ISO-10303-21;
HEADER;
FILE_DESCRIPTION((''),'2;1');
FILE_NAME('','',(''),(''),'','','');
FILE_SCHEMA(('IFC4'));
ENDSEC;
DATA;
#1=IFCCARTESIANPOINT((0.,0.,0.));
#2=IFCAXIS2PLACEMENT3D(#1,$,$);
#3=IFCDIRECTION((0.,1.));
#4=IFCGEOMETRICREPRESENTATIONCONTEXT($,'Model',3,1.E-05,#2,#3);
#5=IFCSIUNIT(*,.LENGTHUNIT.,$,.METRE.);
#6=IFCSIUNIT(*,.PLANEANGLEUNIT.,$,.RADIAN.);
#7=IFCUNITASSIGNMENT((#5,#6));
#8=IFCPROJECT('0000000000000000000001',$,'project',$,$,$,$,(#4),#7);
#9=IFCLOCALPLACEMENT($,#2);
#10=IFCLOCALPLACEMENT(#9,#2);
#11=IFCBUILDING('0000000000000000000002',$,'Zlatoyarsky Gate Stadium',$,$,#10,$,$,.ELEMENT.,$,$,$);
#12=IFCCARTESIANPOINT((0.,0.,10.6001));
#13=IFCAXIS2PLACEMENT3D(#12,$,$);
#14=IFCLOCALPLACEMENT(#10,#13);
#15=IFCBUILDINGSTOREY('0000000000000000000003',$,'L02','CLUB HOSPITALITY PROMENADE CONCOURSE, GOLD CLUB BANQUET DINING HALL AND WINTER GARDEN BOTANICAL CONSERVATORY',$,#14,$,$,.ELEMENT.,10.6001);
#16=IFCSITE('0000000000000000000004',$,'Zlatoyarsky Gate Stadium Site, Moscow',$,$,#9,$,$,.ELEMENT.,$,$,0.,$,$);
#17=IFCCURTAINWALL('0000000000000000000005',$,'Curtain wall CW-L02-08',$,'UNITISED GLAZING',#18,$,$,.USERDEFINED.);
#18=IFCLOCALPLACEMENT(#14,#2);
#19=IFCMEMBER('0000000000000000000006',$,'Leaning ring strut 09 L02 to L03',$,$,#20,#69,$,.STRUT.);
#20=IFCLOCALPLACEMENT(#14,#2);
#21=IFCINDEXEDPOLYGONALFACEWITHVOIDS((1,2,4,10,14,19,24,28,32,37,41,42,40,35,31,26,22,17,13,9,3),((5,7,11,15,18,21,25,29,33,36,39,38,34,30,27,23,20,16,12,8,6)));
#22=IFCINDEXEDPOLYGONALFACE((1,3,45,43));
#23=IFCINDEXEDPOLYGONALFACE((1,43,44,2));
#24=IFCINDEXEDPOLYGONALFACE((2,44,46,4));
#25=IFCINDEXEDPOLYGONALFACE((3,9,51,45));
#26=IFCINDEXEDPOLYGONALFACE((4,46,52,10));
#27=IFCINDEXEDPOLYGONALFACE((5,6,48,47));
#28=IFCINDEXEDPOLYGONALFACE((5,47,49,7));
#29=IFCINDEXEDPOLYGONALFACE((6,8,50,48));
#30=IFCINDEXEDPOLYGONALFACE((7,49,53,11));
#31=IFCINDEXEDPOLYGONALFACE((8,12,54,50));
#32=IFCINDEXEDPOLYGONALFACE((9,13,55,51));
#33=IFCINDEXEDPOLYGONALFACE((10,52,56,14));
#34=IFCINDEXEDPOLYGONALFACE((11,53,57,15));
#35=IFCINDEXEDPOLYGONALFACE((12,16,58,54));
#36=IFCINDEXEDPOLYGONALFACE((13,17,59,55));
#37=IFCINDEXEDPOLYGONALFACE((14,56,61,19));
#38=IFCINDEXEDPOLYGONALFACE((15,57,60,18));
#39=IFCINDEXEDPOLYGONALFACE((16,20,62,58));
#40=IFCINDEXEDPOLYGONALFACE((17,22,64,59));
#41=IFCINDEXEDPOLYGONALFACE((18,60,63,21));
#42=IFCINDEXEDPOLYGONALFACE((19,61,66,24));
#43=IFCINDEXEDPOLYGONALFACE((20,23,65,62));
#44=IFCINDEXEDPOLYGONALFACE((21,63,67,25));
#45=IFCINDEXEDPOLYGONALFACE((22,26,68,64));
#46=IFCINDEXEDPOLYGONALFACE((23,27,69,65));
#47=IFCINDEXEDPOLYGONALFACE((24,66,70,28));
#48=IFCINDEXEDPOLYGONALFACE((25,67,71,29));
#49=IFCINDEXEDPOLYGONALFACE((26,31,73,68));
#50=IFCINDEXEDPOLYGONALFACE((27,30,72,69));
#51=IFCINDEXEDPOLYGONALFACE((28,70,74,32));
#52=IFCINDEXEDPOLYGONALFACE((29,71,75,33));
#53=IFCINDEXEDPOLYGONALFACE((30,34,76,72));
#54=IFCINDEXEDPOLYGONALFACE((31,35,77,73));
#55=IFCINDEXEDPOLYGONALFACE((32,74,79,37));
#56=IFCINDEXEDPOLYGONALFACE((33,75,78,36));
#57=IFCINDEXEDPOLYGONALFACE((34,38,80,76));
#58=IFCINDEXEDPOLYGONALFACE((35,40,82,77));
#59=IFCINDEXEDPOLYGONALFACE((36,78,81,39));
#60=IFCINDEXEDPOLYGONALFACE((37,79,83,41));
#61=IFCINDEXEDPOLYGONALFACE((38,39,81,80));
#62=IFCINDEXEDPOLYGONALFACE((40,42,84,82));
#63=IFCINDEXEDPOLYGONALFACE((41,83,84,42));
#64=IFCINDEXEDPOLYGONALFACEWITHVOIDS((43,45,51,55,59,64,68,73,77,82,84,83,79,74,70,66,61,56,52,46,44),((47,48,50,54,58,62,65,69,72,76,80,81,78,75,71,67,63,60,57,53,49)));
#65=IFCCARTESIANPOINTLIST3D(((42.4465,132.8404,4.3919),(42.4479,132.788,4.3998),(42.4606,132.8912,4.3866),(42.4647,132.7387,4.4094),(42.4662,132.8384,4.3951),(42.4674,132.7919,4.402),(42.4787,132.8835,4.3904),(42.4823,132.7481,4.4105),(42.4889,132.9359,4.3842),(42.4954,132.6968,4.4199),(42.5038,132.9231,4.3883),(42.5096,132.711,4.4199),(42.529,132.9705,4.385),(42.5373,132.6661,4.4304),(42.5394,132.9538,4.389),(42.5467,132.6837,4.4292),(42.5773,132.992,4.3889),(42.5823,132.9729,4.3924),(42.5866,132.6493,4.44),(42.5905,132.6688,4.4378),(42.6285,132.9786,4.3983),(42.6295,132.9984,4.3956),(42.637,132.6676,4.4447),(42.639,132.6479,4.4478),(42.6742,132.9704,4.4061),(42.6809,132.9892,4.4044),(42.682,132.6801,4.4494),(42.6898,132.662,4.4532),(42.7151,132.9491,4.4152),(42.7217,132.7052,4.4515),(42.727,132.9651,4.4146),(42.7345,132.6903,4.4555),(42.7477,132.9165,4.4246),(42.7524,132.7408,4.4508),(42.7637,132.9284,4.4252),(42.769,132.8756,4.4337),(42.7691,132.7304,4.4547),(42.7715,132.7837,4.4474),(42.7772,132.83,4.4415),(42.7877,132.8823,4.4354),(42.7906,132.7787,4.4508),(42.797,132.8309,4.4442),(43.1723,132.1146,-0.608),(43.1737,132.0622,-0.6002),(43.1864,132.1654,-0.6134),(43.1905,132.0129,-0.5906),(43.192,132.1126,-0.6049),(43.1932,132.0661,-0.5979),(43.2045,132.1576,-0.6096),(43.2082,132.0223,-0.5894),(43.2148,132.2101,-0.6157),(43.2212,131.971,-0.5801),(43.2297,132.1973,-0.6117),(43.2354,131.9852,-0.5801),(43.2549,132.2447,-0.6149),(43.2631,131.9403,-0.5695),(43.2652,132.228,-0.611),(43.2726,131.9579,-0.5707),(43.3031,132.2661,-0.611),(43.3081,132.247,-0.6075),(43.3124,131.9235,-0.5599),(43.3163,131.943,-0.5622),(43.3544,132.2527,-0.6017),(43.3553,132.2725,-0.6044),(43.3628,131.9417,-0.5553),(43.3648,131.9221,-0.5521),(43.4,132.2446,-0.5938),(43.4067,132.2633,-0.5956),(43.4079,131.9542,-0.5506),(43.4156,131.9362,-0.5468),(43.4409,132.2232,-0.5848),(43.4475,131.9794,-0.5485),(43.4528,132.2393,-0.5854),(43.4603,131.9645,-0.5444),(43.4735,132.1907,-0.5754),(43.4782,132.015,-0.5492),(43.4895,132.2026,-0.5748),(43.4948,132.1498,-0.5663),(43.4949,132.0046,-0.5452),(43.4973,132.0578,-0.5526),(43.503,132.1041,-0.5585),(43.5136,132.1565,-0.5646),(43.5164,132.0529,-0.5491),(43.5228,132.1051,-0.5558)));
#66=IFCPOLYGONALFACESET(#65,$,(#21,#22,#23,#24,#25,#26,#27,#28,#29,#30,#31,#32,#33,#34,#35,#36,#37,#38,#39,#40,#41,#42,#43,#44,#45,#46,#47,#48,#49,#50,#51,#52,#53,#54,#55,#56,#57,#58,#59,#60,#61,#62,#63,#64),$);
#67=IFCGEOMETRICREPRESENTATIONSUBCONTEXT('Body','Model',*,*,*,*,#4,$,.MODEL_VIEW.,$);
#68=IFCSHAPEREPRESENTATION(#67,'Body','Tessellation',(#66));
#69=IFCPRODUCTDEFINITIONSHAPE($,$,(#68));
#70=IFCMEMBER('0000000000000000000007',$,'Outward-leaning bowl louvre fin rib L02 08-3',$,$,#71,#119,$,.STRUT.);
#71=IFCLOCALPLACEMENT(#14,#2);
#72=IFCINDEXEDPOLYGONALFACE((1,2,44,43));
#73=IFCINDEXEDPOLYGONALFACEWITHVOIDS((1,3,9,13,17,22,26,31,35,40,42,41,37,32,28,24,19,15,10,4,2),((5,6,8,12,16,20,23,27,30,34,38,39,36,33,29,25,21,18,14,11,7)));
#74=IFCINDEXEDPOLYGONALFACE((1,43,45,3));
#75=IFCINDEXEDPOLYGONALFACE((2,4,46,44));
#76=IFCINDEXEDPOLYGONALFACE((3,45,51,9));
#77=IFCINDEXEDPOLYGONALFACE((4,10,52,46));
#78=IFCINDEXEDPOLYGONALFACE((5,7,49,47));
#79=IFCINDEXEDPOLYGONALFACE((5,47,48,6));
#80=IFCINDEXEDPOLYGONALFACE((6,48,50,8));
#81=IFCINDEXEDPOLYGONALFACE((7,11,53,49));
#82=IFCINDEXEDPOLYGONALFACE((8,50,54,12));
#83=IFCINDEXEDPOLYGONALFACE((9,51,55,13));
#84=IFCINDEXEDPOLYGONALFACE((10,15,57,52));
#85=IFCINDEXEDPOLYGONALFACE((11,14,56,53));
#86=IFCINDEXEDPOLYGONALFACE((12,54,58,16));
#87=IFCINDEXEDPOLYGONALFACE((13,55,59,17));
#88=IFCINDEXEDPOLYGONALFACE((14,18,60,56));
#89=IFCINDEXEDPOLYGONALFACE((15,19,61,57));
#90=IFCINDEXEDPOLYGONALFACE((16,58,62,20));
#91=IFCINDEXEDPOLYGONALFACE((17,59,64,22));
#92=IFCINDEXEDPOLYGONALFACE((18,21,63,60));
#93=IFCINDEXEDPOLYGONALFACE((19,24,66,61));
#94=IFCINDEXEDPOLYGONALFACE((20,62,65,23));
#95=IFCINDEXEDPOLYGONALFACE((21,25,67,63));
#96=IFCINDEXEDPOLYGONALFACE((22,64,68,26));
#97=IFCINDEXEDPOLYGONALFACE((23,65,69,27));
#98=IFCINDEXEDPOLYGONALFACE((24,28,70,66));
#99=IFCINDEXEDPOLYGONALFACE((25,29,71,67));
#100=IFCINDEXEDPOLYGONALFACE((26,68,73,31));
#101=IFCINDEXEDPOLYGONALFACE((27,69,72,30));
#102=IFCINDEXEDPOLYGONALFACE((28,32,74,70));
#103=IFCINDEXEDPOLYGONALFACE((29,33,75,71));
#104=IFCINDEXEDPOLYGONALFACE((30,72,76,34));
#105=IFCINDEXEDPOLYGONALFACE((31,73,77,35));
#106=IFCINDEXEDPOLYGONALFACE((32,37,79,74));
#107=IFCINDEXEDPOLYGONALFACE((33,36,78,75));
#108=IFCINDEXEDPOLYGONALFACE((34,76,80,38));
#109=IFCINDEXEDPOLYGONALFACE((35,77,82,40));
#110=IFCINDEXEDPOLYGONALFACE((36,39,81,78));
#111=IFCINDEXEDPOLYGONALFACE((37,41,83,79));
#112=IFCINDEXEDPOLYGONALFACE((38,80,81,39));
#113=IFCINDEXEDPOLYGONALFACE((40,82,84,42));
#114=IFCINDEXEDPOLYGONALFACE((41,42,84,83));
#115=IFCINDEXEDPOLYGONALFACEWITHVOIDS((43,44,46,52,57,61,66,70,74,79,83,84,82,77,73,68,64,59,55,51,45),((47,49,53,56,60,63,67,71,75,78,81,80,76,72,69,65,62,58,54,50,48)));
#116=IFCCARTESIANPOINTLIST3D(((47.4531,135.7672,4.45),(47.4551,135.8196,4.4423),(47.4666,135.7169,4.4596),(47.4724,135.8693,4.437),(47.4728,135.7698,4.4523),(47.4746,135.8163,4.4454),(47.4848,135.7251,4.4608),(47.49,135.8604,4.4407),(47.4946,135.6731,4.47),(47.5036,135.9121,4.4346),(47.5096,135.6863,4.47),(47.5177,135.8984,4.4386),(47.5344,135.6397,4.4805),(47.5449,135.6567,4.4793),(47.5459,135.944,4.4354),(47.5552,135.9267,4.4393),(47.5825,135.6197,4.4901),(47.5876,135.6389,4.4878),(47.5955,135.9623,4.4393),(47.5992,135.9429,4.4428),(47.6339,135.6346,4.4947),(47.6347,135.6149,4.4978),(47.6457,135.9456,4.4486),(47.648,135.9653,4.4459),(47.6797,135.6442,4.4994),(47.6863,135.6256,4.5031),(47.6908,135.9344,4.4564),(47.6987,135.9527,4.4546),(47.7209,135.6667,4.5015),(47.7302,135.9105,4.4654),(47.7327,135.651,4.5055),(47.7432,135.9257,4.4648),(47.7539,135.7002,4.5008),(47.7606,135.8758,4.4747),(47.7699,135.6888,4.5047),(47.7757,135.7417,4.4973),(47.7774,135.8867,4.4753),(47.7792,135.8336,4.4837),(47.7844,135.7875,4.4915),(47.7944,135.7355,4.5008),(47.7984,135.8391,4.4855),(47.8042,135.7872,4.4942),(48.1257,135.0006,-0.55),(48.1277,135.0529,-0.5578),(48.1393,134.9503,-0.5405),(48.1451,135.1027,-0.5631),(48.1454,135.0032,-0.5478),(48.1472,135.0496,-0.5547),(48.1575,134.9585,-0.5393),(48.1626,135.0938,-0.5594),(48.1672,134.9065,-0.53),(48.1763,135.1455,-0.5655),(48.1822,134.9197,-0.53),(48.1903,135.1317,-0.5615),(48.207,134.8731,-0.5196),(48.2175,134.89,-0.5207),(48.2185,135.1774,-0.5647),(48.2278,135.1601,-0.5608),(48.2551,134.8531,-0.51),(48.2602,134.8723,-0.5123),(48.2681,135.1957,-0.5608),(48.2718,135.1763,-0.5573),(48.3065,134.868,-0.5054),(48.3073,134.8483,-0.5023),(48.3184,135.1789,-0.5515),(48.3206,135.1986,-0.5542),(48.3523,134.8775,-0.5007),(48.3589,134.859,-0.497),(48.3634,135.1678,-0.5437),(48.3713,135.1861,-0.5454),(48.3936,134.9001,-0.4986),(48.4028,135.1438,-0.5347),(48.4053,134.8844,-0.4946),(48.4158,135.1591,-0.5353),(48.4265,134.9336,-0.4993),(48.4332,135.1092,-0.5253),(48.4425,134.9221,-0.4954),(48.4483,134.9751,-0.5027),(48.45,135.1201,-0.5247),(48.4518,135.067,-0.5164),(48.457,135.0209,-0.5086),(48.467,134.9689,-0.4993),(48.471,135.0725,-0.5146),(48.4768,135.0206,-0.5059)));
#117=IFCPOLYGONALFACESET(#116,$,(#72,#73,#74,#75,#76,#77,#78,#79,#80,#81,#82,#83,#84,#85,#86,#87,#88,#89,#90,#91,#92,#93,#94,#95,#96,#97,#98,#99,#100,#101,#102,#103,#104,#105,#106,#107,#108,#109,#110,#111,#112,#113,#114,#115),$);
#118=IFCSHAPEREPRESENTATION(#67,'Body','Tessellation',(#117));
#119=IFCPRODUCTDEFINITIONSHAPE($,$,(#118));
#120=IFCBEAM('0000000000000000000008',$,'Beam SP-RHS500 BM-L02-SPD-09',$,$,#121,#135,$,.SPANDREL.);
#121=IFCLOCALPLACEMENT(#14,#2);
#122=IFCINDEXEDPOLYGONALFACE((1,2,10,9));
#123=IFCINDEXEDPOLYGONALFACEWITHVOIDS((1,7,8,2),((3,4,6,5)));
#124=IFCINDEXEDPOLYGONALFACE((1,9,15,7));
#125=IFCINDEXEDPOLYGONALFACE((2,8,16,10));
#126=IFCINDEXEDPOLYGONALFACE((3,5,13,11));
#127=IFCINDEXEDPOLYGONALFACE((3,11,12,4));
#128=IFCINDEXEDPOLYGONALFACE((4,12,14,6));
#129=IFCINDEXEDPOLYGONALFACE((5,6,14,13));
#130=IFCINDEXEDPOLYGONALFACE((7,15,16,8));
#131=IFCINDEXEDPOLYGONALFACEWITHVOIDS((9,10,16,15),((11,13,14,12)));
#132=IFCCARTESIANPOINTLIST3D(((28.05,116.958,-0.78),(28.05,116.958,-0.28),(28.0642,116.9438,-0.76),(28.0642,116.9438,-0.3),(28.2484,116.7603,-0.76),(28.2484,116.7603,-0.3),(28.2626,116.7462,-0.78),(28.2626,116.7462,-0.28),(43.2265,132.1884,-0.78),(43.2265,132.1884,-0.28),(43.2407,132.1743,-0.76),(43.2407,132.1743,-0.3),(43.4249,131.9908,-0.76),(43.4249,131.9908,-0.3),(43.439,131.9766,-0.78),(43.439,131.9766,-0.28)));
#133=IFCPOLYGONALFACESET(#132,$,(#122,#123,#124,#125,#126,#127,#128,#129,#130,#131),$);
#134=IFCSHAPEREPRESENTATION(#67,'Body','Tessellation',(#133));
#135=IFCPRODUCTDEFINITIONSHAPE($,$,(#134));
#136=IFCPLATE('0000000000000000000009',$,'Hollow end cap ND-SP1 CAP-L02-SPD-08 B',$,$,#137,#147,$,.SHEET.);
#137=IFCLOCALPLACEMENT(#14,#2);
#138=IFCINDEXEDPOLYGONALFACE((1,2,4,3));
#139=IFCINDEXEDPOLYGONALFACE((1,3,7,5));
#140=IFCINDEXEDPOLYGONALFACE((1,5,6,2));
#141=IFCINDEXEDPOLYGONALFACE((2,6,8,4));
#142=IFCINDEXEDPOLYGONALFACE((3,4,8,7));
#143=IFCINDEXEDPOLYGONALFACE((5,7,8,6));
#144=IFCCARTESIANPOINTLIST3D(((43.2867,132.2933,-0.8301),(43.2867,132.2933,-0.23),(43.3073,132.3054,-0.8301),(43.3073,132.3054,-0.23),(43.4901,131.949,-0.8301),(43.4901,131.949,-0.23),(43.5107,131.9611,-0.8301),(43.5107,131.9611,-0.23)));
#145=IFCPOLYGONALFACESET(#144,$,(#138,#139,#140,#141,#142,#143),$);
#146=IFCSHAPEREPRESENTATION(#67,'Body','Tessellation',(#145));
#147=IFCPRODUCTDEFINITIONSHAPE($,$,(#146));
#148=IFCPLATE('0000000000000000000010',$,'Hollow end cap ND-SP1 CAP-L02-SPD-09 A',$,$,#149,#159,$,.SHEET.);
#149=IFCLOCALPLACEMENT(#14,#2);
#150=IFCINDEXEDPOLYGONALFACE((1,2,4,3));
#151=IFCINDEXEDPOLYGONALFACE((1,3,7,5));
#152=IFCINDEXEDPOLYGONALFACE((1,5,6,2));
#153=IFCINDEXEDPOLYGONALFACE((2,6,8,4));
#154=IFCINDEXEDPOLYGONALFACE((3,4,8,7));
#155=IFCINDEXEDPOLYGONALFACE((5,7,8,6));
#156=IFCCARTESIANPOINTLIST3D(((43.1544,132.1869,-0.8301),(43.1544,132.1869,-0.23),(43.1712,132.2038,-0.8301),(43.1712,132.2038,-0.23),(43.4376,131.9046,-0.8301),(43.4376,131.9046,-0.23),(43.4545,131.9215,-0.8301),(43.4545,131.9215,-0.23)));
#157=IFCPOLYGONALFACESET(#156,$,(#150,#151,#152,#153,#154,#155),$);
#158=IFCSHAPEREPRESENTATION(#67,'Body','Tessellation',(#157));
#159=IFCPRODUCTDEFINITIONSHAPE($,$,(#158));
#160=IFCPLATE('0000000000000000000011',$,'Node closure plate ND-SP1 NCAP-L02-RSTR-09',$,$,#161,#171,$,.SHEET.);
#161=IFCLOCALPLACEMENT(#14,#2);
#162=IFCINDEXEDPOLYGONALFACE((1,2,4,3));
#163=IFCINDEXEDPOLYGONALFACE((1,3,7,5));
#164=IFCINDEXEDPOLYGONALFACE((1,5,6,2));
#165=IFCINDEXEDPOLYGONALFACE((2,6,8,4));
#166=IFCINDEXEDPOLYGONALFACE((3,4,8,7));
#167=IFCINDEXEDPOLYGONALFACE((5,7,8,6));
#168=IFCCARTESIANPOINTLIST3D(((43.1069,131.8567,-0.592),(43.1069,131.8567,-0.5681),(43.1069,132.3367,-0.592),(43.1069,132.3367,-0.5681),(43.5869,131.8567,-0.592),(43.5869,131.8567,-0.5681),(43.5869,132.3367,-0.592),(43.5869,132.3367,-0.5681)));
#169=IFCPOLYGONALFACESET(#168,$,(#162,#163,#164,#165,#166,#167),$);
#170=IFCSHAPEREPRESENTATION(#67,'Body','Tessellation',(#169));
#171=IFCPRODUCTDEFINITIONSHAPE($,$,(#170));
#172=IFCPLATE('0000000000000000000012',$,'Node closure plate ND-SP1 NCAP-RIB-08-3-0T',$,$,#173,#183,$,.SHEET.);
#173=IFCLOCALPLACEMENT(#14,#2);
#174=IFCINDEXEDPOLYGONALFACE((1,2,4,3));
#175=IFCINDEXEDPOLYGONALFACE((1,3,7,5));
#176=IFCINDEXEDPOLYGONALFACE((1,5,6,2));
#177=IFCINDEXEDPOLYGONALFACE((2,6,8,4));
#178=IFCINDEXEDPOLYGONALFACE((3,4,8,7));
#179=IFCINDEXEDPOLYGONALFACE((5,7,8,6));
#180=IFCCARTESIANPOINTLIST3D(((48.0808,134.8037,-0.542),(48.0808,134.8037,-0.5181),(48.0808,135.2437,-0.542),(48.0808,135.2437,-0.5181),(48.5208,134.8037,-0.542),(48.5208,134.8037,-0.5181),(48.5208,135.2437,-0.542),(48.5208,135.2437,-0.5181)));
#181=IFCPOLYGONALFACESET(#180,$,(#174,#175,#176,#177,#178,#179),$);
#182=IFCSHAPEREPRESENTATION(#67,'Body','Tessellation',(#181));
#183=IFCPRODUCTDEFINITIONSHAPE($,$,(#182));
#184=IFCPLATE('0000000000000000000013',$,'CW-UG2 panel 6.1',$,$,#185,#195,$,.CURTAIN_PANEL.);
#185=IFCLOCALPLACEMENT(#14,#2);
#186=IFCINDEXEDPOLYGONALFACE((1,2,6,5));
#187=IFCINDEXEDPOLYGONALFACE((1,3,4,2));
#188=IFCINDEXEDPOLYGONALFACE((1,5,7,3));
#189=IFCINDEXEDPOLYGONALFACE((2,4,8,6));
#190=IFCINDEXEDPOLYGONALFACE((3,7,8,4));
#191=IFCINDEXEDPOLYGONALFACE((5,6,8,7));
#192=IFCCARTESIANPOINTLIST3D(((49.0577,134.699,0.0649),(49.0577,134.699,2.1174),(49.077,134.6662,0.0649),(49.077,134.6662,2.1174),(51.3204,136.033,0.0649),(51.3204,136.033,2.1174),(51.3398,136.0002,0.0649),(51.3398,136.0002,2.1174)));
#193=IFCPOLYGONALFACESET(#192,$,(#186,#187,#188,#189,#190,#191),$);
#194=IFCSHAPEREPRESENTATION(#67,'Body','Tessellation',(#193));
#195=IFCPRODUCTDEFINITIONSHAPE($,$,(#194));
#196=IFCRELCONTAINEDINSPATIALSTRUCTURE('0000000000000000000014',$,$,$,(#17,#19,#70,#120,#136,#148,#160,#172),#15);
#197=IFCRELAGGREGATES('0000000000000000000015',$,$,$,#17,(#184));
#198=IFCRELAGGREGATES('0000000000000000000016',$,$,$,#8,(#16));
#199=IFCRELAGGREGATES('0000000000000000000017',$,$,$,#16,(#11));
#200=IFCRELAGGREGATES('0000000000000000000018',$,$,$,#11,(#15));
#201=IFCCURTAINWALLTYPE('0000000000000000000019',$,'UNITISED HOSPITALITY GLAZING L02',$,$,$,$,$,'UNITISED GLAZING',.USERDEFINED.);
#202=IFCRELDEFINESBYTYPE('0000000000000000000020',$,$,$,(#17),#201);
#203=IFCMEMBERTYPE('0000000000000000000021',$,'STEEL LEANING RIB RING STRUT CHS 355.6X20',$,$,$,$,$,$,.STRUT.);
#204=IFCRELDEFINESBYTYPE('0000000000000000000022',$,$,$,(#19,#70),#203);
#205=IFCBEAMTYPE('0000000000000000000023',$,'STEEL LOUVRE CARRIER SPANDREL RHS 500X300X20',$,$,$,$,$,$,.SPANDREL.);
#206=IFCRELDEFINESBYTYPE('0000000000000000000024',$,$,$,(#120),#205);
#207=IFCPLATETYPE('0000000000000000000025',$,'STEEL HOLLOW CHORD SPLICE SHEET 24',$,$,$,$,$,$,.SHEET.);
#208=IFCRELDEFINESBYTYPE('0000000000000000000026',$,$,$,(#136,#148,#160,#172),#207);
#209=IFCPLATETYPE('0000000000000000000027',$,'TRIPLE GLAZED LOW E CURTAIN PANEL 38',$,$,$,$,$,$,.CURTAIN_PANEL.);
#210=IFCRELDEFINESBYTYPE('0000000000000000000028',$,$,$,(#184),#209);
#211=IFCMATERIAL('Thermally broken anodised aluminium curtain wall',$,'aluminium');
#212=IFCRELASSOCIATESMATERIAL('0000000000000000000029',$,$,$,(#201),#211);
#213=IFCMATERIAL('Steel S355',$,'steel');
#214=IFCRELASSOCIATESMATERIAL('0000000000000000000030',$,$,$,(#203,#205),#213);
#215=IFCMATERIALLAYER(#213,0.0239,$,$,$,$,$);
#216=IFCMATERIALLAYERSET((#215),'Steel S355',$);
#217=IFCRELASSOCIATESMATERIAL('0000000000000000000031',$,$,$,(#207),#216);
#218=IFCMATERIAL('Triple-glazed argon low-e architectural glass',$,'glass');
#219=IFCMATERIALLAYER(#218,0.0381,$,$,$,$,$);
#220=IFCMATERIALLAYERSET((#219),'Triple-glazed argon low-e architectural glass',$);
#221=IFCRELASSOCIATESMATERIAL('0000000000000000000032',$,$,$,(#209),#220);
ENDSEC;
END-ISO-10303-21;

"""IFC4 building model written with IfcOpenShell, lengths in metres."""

from ifc_helpers import new_model, si_unit, direction, frame, origin, origin_2d, place, context, subcontext, project, spatial, rectangle, hollow_rectangle, hollow_circle, extrude, material, layer, layer_set, material_profile, profile_set, type_object, element, aggregate, save


model = new_model("IFC4")

# Units and contexts
model_context = context("Model", 3, precision=1e-05, world=origin(), true_north=direction((0.0, 1.0)))
body_context = subcontext(model_context, "Body", "Model", "MODEL_VIEW")
ifc_project = project(units=[si_unit("LENGTHUNIT", "METRE"), si_unit("PLANEANGLEUNIT", "RADIAN")], contexts=[model_context])

# Site, building, storey
site_placement = place(None, origin())
site = spatial("IfcSite", under=ifc_project, at=site_placement, Name="Zlatoyarsky Gate Stadium Site, Moscow", CompositionType="ELEMENT", RefElevation=0.0)
building_placement = place(site_placement, origin())
building = spatial("IfcBuilding", under=site, at=building_placement, Name="Zlatoyarsky Gate Stadium", CompositionType="ELEMENT")
storey_placement = place(building_placement, frame((0.0, 0.0, 10.6001)))
storey = spatial("IfcBuildingStorey", under=building, at=storey_placement, Name="L02", Description="CLUB HOSPITALITY PROMENADE CONCOURSE, GOLD CLUB BANQUET DINING HALL AND WINTER GARDEN BOTANICAL CONSERVATORY", CompositionType="ELEMENT", Elevation=10.6001)

# Curtain wall
ifc_material_1 = material(Name="Thermally broken anodised aluminium curtain wall", Category="aluminium")
curtain_wall_type = type_object("IfcCurtainWallType", Name="UNITISED HOSPITALITY GLAZING L02", ElementType="UNITISED GLAZING", PredefinedType="USERDEFINED", material=ifc_material_1)
curtain_wall_1_placement = place(storey_placement, origin())
curtain_wall_1 = element("IfcCurtainWall", 1, at=curtain_wall_1_placement, inside=storey, type_object=curtain_wall_type, Name="Curtain wall CW-L02-08", ObjectType="UNITISED GLAZING", PredefinedType="USERDEFINED")

# Members
ifc_material_2 = material(Name="Steel S355", Category="steel")
ifc_material_profile_1 = material_profile(ifc_material_2, hollow_circle(Radius=0.1777, WallThickness=0.02, at=origin_2d()), Name="CHS 355.6X20")
ifc_profile_set_1 = profile_set([ifc_material_profile_1], Name="Steel S355")
member_type_1 = type_object("IfcMemberType", Name="STEEL LEANING RIB RING STRUT CHS 355.6X20", PredefinedType="STRUT", material=ifc_profile_set_1)
member_1_placement = place(storey_placement, frame((43.3469, 132.0967, -0.5801), z_axis=(-0.1422, 0.1422, 0.97957), x_axis=(-0.707107, -0.707107, 0.0)))
element("IfcMember", 2, at=member_1_placement, inside=storey, type_object=member_type_1, Name="Leaning ring strut 09 L02 to L03", PredefinedType="STRUT", context=body_context, shape_type="SweptSolid", body=[
    extrude(hollow_circle(Radius=0.1777, WallThickness=0.02, at=origin_2d()), origin(), (0.0, 0.0, 1.0), 5.1042),
])
member_2_placement = place(storey_placement, frame((48.3008, 135.0237, -0.53), z_axis=(-0.131808, 0.150227, 0.979826), x_axis=(-0.751686, -0.659521, 0.0)))
element("IfcMember", 3, at=member_2_placement, inside=storey, type_object=member_type_1, Name="Outward-leaning bowl louvre fin rib L02 08-3", PredefinedType="STRUT", context=body_context, shape_type="SweptSolid", body=[
    extrude(hollow_circle(Radius=0.1777, WallThickness=0.02, at=origin_2d()), origin(), (0.0, 0.0, 1.0), 5.103),
])

# Beam
ifc_material_profile_2 = material_profile(ifc_material_2, hollow_rectangle(XDim=0.3, YDim=0.5, WallThickness=0.02, at=origin_2d()), Name="RHS 500X300X20")
ifc_profile_set_2 = profile_set([ifc_material_profile_2], Name="Steel S355")
beam_type = type_object("IfcBeamType", Name="STEEL LOUVRE CARRIER SPANDREL RHS 500X300X20", PredefinedType="SPANDREL", material=ifc_profile_set_2)
beam_placement = place(storey_placement, frame((43.3328, 132.0825, -0.53), z_axis=(-0.705851, -0.70836, 0.0), x_axis=(0.70836, -0.705851, 0.0)))
element("IfcBeam", 4, at=beam_placement, inside=storey, type_object=beam_type, Name="Beam SP-RHS500 BM-L02-SPD-09", PredefinedType="SPANDREL", context=body_context, shape_type="SweptSolid", body=[
    extrude(hollow_rectangle(XDim=0.3, YDim=0.5, WallThickness=0.02, at=origin_2d()), origin(), (0.0, 0.0, 1.0), 21.501),
])

# Plates
ifc_layer_1 = layer(ifc_material_2, 0.0239)
ifc_layer_set_1 = layer_set([ifc_layer_1], Name="Steel S355")
plate_type_1 = type_object("IfcPlateType", Name="STEEL HOLLOW CHORD SPLICE SHEET 24", PredefinedType="SHEET", material=ifc_layer_set_1)
for number, where, z_axis, x_axis, name in (
    (5, (43.3987, 132.1272, -0.8301), (0.0, 0.0, 1.0), (-0.860936, -0.508714, 0.0), "Hollow end cap ND-SP1 CAP-L02-SPD-08 B"),
    (6, (43.3044, 132.0542, -0.8301), (0.0, 0.0, 1.0), (-0.70585, -0.708361, 0.0), "Hollow end cap ND-SP1 CAP-L02-SPD-09 A"),
):
    element("IfcPlate", number, at=place(storey_placement, frame(where, z_axis=z_axis, x_axis=x_axis)), inside=storey, type_object=plate_type_1, Name=name, PredefinedType="SHEET", context=body_context, shape_type="SweptSolid", body=[
        extrude(rectangle(XDim=0.0239, YDim=0.3999, at=origin_2d()), origin(), (0.0, 0.0, 1.0), 0.6001),
    ])
plate_1_placement = place(storey_placement, frame((43.3469, 132.0967, -0.592), z_axis=(0.0, 0.0, 1.0), x_axis=(1.0, 0.0, 0.0)))
element("IfcPlate", 7, at=plate_1_placement, inside=storey, type_object=plate_type_1, Name="Node closure plate ND-SP1 NCAP-L02-RSTR-09", PredefinedType="SHEET", context=body_context, shape_type="SweptSolid", body=[
    extrude(rectangle(XDim=0.48, YDim=0.48, at=origin_2d()), origin(), (0.0, 0.0, 1.0), 0.0239),
])
plate_2_placement = place(storey_placement, frame((48.3008, 135.0237, -0.542), z_axis=(0.0, 0.0, 1.0), x_axis=(1.0, 0.0, 0.0)))
element("IfcPlate", 8, at=plate_2_placement, inside=storey, type_object=plate_type_1, Name="Node closure plate ND-SP1 NCAP-RIB-08-3-0T", PredefinedType="SHEET", context=body_context, shape_type="SweptSolid", body=[
    extrude(rectangle(XDim=0.4399, YDim=0.4399, at=origin_2d()), origin(), (0.0, 0.0, 1.0), 0.0239),
])

# Plate
ifc_material_3 = material(Name="Triple-glazed argon low-e architectural glass", Category="glass")
ifc_layer_2 = layer(ifc_material_3, 0.0381)
ifc_layer_set_2 = layer_set([ifc_layer_2], Name="Triple-glazed argon low-e architectural glass")
plate_type_2 = type_object("IfcPlateType", Name="TRIPLE GLAZED LOW E CURTAIN PANEL 38", PredefinedType="CURTAIN_PANEL", material=ifc_layer_set_2)
plate_3_placement = place(storey_placement, frame((50.1987, 135.3496, 0.0649), z_axis=(0.0, 0.0, 1.0), x_axis=(-0.861426, -0.507882, 0.0)))
plate_3 = element("IfcPlate", 9, at=plate_3_placement, type_object=plate_type_2, Name="CW-UG2 panel 6.1", PredefinedType="CURTAIN_PANEL", context=body_context, shape_type="SweptSolid", body=[
    extrude(rectangle(XDim=2.6267, YDim=0.0381, at=origin_2d()), origin(), (0.0, 0.0, 1.0), 2.0525),
])
aggregate(curtain_wall_1, [plate_3])

save(model, "model.ifc")
